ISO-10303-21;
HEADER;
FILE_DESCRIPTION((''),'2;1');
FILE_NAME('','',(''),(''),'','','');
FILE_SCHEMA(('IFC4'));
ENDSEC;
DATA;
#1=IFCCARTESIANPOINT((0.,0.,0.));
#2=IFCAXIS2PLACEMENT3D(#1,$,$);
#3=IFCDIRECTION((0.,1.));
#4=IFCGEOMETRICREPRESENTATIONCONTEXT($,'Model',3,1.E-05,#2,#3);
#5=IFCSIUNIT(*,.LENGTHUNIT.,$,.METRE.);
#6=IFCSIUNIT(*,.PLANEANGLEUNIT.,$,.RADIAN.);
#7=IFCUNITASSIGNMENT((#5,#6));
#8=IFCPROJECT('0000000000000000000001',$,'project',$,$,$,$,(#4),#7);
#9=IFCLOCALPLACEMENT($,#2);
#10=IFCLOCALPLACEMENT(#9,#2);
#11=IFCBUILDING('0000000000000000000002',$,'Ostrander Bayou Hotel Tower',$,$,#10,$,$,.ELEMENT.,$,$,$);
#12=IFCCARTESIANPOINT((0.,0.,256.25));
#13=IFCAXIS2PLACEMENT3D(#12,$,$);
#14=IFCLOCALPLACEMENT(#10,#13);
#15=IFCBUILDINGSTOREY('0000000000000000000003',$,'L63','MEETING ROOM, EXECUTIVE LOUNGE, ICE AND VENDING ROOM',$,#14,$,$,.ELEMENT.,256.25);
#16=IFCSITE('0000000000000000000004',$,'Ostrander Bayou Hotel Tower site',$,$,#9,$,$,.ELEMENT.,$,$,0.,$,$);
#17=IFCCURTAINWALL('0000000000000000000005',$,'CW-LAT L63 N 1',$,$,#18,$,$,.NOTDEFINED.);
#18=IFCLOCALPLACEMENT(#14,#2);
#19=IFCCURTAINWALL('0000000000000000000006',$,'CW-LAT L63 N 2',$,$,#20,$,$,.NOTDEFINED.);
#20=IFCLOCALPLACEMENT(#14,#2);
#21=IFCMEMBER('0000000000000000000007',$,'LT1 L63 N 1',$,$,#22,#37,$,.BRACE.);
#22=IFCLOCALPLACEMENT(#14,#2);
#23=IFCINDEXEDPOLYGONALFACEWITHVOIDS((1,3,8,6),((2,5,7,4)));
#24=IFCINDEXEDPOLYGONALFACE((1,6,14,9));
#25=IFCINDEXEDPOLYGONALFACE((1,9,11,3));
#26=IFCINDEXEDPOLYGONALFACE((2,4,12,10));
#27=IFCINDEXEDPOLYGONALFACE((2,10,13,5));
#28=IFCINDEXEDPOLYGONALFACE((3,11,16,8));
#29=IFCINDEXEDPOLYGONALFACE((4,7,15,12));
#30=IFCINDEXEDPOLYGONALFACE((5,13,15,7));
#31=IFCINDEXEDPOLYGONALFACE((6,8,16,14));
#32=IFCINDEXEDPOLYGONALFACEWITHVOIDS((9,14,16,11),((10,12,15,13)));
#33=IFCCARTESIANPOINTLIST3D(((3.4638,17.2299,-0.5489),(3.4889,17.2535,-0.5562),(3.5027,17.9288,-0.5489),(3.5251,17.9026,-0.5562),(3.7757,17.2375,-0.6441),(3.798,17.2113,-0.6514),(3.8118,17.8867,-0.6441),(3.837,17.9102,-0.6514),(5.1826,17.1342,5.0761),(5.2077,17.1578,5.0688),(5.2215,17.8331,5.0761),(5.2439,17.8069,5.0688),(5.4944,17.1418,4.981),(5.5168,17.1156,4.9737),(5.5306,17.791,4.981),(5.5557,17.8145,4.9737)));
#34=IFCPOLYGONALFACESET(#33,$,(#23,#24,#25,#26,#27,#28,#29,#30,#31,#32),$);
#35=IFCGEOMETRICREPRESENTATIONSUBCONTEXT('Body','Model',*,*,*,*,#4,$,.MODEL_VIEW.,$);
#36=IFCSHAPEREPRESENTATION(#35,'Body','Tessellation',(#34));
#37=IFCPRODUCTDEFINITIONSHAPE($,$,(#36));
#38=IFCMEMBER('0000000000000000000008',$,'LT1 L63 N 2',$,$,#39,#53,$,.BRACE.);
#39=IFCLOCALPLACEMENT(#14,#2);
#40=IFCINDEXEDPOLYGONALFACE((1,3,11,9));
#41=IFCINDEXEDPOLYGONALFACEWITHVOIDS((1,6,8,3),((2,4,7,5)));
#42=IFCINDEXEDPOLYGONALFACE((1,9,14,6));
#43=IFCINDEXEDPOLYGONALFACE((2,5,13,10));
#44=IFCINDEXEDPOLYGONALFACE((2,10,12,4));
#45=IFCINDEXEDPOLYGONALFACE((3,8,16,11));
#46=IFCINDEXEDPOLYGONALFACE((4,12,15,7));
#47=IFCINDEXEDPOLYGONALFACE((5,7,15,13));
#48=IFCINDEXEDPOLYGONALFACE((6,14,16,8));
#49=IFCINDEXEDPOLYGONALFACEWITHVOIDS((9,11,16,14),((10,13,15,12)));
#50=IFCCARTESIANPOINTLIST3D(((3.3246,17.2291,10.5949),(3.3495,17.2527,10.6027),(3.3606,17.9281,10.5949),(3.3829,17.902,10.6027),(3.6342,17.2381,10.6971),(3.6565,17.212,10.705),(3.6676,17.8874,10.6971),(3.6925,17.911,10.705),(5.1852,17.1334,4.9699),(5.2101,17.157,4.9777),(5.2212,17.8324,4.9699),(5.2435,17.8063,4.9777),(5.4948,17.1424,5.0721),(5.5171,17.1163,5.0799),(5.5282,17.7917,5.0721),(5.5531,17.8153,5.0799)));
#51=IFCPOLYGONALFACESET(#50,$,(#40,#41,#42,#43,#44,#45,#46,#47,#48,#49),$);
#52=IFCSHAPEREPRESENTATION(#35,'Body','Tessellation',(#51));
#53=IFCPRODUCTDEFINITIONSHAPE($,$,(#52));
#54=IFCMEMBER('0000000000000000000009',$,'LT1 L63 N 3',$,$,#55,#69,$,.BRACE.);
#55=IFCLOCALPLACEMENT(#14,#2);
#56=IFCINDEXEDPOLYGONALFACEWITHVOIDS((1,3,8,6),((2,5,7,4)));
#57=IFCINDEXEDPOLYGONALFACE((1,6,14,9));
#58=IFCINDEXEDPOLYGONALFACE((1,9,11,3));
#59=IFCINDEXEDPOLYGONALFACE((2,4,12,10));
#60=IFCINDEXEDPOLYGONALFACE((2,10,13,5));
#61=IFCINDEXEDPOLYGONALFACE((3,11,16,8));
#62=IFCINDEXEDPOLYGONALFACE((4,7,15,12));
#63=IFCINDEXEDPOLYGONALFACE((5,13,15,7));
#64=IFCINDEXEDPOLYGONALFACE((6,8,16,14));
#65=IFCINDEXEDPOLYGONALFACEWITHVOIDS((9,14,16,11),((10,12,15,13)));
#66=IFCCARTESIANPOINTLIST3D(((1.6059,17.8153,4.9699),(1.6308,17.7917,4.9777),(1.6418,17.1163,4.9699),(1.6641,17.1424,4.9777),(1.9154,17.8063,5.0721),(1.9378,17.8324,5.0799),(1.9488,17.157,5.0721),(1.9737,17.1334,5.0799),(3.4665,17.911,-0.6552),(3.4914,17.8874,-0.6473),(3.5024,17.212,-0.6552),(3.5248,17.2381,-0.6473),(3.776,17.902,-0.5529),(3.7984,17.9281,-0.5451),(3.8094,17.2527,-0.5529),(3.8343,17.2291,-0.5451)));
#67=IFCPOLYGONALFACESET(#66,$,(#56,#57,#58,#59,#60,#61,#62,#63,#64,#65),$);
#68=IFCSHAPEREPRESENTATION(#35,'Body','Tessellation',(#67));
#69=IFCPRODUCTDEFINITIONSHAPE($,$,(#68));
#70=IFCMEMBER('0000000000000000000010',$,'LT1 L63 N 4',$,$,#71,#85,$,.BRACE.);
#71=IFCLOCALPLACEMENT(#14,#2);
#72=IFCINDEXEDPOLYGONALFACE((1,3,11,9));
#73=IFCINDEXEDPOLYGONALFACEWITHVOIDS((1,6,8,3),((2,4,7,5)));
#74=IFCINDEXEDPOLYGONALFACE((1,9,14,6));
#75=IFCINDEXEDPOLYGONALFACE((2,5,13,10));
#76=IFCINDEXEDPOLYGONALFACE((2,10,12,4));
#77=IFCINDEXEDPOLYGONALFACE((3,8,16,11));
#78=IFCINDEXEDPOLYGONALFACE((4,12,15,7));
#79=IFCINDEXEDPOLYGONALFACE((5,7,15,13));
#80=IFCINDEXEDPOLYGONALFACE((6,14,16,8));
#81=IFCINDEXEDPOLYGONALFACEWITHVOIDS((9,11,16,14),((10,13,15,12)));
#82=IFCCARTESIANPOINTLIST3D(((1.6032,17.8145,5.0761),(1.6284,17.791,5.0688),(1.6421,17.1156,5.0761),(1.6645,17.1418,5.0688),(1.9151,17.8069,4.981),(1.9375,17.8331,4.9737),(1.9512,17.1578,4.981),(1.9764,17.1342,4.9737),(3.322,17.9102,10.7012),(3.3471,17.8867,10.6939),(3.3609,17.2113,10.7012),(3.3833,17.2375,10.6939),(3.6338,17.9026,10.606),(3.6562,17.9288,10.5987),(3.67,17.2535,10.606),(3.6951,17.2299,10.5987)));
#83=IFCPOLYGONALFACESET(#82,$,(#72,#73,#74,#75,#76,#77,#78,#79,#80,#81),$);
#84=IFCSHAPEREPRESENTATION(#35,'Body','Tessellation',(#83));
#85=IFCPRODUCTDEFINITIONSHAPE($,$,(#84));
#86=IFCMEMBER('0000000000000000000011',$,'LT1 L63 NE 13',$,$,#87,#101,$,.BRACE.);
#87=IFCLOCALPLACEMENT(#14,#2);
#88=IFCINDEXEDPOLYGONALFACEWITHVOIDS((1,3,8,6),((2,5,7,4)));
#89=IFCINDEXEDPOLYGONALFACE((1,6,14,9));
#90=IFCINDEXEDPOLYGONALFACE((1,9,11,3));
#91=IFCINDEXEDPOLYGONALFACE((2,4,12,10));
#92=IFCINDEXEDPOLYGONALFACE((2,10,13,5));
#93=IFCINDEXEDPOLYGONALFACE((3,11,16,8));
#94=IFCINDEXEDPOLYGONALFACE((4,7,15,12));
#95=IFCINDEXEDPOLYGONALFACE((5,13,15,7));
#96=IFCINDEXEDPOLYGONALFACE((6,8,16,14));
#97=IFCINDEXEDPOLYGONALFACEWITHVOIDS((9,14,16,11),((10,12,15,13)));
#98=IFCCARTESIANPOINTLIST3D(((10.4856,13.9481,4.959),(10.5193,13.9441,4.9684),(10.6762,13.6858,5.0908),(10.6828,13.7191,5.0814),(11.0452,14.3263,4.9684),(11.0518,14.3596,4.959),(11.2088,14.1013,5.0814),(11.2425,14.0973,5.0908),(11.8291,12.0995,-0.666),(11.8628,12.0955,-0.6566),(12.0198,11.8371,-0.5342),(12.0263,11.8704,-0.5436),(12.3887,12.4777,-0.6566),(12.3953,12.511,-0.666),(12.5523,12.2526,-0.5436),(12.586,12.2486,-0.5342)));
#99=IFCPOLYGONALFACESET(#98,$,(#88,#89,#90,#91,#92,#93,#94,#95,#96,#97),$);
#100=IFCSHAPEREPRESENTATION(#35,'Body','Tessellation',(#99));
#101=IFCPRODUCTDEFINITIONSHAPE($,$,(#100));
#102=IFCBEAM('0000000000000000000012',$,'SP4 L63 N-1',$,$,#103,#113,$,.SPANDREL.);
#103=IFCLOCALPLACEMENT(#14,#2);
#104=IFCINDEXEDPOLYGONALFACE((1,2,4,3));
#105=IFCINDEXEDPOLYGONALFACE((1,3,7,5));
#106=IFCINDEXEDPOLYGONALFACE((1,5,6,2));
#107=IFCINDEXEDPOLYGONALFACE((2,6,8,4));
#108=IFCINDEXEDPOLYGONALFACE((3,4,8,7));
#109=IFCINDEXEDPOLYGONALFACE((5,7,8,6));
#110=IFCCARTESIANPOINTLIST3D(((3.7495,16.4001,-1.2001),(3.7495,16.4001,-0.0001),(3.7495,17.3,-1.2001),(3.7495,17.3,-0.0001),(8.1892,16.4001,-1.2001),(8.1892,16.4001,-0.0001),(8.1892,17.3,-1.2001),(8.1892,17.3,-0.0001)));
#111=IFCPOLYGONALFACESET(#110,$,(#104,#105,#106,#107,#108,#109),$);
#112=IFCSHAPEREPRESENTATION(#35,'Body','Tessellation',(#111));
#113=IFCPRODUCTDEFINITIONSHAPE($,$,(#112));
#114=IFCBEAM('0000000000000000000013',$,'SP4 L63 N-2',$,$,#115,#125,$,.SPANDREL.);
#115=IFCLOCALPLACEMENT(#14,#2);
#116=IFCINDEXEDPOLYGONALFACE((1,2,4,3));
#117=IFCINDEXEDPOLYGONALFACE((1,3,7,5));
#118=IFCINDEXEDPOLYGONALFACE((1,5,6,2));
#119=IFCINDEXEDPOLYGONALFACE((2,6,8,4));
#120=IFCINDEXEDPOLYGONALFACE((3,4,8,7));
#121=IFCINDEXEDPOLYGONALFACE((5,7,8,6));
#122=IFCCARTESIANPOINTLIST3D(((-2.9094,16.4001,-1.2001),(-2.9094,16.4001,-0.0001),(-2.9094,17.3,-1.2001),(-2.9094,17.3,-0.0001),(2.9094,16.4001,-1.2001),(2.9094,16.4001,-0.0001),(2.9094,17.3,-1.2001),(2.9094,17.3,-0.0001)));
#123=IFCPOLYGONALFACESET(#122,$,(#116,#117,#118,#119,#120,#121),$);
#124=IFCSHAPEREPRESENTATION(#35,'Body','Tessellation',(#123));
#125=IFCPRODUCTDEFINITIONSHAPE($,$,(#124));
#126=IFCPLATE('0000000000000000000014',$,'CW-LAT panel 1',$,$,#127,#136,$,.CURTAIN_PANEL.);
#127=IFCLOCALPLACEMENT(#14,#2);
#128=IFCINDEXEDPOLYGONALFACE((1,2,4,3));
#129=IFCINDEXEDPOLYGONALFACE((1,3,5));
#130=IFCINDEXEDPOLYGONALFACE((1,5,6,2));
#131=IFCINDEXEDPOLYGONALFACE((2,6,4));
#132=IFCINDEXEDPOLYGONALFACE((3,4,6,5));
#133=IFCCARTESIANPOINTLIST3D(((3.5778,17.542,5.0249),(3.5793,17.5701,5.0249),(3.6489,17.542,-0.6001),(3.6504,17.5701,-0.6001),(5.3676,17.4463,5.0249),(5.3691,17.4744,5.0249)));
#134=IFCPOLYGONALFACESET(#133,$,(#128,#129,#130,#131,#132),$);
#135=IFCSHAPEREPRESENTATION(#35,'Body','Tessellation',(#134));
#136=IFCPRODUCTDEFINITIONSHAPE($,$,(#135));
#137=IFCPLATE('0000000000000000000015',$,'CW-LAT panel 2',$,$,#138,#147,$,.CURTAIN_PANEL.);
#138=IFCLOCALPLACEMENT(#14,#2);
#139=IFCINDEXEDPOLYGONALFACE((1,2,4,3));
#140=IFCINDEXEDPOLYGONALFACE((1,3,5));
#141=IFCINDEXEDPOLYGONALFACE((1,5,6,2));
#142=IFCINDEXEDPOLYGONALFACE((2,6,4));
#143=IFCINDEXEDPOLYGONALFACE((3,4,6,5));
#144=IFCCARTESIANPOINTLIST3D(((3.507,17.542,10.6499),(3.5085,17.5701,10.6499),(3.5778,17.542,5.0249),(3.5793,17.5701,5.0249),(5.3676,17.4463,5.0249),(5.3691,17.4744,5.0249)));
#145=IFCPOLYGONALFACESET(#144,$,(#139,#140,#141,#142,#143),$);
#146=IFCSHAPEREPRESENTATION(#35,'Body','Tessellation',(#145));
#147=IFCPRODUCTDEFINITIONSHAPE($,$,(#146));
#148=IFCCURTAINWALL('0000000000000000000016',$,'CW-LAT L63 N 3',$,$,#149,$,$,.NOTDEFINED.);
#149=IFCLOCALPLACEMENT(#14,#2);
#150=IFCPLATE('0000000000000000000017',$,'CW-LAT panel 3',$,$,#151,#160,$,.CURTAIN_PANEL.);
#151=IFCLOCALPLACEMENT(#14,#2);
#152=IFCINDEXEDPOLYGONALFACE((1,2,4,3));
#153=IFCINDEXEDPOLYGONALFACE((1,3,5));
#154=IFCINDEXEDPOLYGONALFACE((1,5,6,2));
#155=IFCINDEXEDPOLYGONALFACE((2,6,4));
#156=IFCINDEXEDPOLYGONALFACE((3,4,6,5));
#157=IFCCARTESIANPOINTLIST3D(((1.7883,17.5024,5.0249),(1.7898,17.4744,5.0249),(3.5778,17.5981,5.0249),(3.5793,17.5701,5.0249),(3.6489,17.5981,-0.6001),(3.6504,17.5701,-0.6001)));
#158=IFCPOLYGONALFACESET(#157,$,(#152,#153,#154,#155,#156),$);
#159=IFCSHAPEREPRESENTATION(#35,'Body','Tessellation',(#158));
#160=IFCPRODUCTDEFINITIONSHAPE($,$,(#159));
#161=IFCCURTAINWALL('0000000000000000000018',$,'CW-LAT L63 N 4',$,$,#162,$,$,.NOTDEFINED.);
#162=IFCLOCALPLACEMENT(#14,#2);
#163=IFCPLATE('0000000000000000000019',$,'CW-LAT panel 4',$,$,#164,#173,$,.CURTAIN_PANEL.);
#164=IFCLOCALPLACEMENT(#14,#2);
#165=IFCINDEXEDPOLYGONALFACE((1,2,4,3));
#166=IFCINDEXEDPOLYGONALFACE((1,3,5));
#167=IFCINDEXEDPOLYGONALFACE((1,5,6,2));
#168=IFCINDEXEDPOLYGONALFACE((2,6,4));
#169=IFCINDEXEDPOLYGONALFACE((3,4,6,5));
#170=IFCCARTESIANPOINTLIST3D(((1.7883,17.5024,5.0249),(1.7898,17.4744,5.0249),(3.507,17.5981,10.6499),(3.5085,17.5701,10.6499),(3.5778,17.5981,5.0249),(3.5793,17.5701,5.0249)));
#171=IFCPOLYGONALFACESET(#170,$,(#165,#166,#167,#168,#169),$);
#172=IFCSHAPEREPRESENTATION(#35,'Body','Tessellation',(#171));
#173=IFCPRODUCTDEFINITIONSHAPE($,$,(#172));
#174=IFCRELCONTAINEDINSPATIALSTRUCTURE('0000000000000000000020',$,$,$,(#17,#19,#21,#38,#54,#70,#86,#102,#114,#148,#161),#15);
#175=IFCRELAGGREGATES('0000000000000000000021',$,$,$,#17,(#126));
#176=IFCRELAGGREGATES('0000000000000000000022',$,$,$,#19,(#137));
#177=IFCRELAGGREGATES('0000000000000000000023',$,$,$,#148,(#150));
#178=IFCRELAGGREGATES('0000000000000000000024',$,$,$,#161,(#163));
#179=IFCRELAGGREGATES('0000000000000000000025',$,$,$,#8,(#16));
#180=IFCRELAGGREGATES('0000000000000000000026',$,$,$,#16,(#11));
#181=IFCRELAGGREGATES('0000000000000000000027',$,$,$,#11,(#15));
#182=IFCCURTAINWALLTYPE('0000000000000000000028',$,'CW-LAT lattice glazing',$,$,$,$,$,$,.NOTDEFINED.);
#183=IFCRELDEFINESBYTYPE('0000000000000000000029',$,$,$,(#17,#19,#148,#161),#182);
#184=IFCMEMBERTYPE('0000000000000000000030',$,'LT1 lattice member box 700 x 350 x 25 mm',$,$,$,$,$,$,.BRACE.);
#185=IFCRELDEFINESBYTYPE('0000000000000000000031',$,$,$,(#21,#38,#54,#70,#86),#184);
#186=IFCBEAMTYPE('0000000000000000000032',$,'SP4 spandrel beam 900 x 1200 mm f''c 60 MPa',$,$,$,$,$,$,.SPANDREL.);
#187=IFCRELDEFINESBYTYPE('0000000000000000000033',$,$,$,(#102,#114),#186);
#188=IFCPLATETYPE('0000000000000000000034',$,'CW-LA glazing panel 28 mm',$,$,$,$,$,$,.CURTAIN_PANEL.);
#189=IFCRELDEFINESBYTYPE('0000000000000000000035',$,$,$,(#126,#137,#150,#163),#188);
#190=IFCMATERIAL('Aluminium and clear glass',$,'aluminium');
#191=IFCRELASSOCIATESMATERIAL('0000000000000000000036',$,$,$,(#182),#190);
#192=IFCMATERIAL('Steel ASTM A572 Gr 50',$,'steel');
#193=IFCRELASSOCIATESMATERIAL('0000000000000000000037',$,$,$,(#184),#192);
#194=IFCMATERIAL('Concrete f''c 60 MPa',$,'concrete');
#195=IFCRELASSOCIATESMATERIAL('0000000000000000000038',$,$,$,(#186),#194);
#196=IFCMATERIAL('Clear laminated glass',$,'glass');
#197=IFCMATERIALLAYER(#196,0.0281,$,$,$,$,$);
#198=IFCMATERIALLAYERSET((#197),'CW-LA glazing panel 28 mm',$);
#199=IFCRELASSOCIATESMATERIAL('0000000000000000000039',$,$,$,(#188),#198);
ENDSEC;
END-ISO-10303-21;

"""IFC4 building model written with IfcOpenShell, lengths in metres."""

from ifc_helpers import new_model, si_unit, direction, frame, origin, origin_2d, place, context, subcontext, project, spatial, polyline, rectangle, hollow_rectangle, outline, extrude, material, layer, layer_set, material_profile, profile_set, type_object, element, aggregate, save


model = new_model("IFC4")

# Units and contexts
model_context = context("Model", 3, precision=1e-05, world=origin(), true_north=direction((0.0, 1.0)))
body_context = subcontext(model_context, "Body", "Model", "MODEL_VIEW")
ifc_project = project(units=[si_unit("LENGTHUNIT", "METRE"), si_unit("PLANEANGLEUNIT", "RADIAN")], contexts=[model_context])

# Site, building, storey
site_placement = place(None, origin())
site = spatial("IfcSite", under=ifc_project, at=site_placement, Name="Ostrander Bayou Hotel Tower site", CompositionType="ELEMENT", RefElevation=0.0)
building_placement = place(site_placement, origin())
building = spatial("IfcBuilding", under=site, at=building_placement, Name="Ostrander Bayou Hotel Tower", CompositionType="ELEMENT")
storey_placement = place(building_placement, frame((0.0, 0.0, 256.25)))
storey = spatial("IfcBuildingStorey", under=building, at=storey_placement, Name="L63", Description="MEETING ROOM, EXECUTIVE LOUNGE, ICE AND VENDING ROOM", CompositionType="ELEMENT", Elevation=256.25)

# Curtain walls
ifc_material_1 = material(Name="Aluminium and clear glass", Category="aluminium")
curtain_wall_type = type_object("IfcCurtainWallType", Name="CW-LAT lattice glazing", PredefinedType="NOTDEFINED", material=ifc_material_1)
curtain_wall_1_placement = place(storey_placement, origin())
curtain_wall_1 = element("IfcCurtainWall", 1, at=curtain_wall_1_placement, inside=storey, type_object=curtain_wall_type, Name="CW-LAT L63 N 1", PredefinedType="NOTDEFINED")
curtain_wall_2_placement = place(storey_placement, origin())
curtain_wall_2 = element("IfcCurtainWall", 2, at=curtain_wall_2_placement, inside=storey, type_object=curtain_wall_type, Name="CW-LAT L63 N 2", PredefinedType="NOTDEFINED")

# Members
ifc_material_2 = material(Name="Steel ASTM A572 Gr 50", Category="steel")
ifc_material_profile_1 = material_profile(ifc_material_2, hollow_rectangle(XDim=0.7, YDim=0.3501, WallThickness=0.0249, at=origin_2d()))
ifc_profile_set_1 = profile_set([ifc_material_profile_1], Name="Steel ASTM A572 Gr 50")
member_type_1 = type_object("IfcMemberType", Name="LT1 lattice member box 700 x 350 x 25 mm", PredefinedType="BRACE", material=ifc_profile_set_1)
member_1_placement = place(storey_placement, frame((5.3691, 17.4744, 5.0249), z_axis=(-0.29218, 0.016269, -0.956225), x_axis=(-0.055596, -0.998453, 0.0)))
element("IfcMember", 3, at=member_1_placement, inside=storey, type_object=member_type_1, Name="LT1 L63 N 1", PredefinedType="BRACE", context=body_context, shape_type="SweptSolid", body=[
    extrude(hollow_rectangle(XDim=0.7, YDim=0.3501, WallThickness=0.0249, at=origin_2d()), origin(), (0.0, 0.0, 1.0), 5.8826),
])
for number, where, z_axis, x_axis, name in (
    (4, (5.3691, 17.4744, 5.0249), (-0.313998, 0.016151, 0.949286), (-0.051369, -0.99868, 0.0), "LT1 L63 N 2"),
    (5, (1.7898, 17.4744, 5.0249), (0.313998, 0.016151, -0.949286), (-0.051369, 0.99868, 0.0), "LT1 L63 N 3"),
):
    element("IfcMember", number, at=place(storey_placement, frame(where, z_axis=z_axis, x_axis=x_axis)), inside=storey, type_object=member_type_1, Name=name, PredefinedType="BRACE", context=body_context, shape_type="SweptSolid", body=[
        extrude(hollow_rectangle(XDim=0.7, YDim=0.3501, WallThickness=0.0249, at=origin_2d()), origin(), (0.0, 0.0, 1.0), 5.9255),
    ])
member_2_placement = place(storey_placement, frame((1.7898, 17.4744, 5.0249), z_axis=(0.29218, 0.016269, 0.956225), x_axis=(-0.055596, 0.998453, 0.0)))
element("IfcMember", 6, at=member_2_placement, inside=storey, type_object=member_type_1, Name="LT1 L63 N 4", PredefinedType="BRACE", context=body_context, shape_type="SweptSolid", body=[
    extrude(hollow_rectangle(XDim=0.7, YDim=0.3501, WallThickness=0.0249, at=origin_2d()), origin(), (0.0, 0.0, 1.0), 5.8826),
])
member_3_placement = place(storey_placement, frame((10.864, 14.0227, 5.0249), z_axis=(0.221281, -0.304477, -0.92646), x_axis=(0.808935, 0.587899, 0.0)))
element("IfcMember", 7, at=member_3_placement, inside=storey, type_object=member_type_1, Name="LT1 L63 NE 13", PredefinedType="BRACE", context=body_context, shape_type="SweptSolid", body=[
    extrude(hollow_rectangle(XDim=0.7, YDim=0.3501, WallThickness=0.0249, at=origin_2d()), origin(), (0.0, 0.0, 1.0), 6.0715),
])

# Beams
ifc_material_3 = material(Name="Concrete f'c 60 MPa", Category="concrete")
ifc_material_profile_2 = material_profile(ifc_material_3, rectangle(XDim=0.8999, YDim=1.2, at=origin_2d()))
ifc_profile_set_2 = profile_set([ifc_material_profile_2], Name="Concrete f'c 60 MPa")
beam_type = type_object("IfcBeamType", Name="SP4 spandrel beam 900 x 1200 mm f'c 60 MPa", PredefinedType="SPANDREL", material=ifc_profile_set_2)
beam_1_placement = place(storey_placement, frame((8.1892, 16.8501, -0.6001), z_axis=(-1.0, 0.0, 0.0), x_axis=(0.0, -1.0, 0.0)))
element("IfcBeam", 8, at=beam_1_placement, inside=storey, type_object=beam_type, Name="SP4 L63 N-1", PredefinedType="SPANDREL", context=body_context, shape_type="SweptSolid", body=[
    extrude(rectangle(XDim=0.8999, YDim=1.2, at=origin_2d()), origin(), (0.0, 0.0, 1.0), 4.4397),
])
beam_2_placement = place(storey_placement, frame((2.9094, 16.8501, -0.6001), z_axis=(-1.0, 0.0, 0.0), x_axis=(0.0, -1.0, 0.0)))
element("IfcBeam", 9, at=beam_2_placement, inside=storey, type_object=beam_type, Name="SP4 L63 N-2", PredefinedType="SPANDREL", context=body_context, shape_type="SweptSolid", body=[
    extrude(rectangle(XDim=0.8999, YDim=1.2, at=origin_2d()), origin(), (0.0, 0.0, 1.0), 5.8188),
])

# Plates
ifc_material_4 = material(Name="Clear laminated glass", Category="glass")
ifc_layer_1 = layer(ifc_material_4, 0.0281)
ifc_layer_set_1 = layer_set([ifc_layer_1], Name="CW-LA glazing panel 28 mm")
plate_type = type_object("IfcPlateType", Name="CW-LA glazing panel 28 mm", PredefinedType="CURTAIN_PANEL", material=ifc_layer_set_1)
plate_1_placement = place(storey_placement, frame((5.3691, 17.4744, 5.0249), z_axis=(0.053395, 0.998573, 0.000674), x_axis=(-0.29218, 0.016269, -0.956225)))
plate_1 = element("IfcPlate", 10, at=plate_1_placement, type_object=plate_type, Name="CW-LAT panel 1", PredefinedType="CURTAIN_PANEL", context=body_context, shape_type="SweptSolid", body=[
    extrude(outline(polyline([(0.0, 0.0), (5.8825, 0.0), (0.5245, 1.7139), (0.0, 0.0)])), origin(), (0.0, 0.0, -1.0), 0.0281),
])
aggregate(curtain_wall_1, [plate_1])
plate_2_placement = place(storey_placement, frame((5.3691, 17.4744, 5.0249), z_axis=(0.053395, 0.998573, 0.000672), x_axis=(-0.313998, 0.016151, 0.949286)))
plate_2 = element("IfcPlate", 11, at=plate_2_placement, type_object=plate_type, Name="CW-LAT panel 2", PredefinedType="CURTAIN_PANEL", context=body_context, shape_type="SweptSolid", body=[
    extrude(outline(polyline([(0.0, 0.0), (5.9255, 0.0), (0.5635, -1.7015), (0.0, 0.0)])), origin(), (0.0, 0.0, -1.0), 0.0281),
])
aggregate(curtain_wall_2, [plate_2])

# Curtain walls, plates
curtain_wall_3_placement = place(storey_placement, origin())
curtain_wall_3 = element("IfcCurtainWall", 12, at=curtain_wall_3_placement, inside=storey, type_object=curtain_wall_type, Name="CW-LAT L63 N 3", PredefinedType="NOTDEFINED")
plate_3_placement = place(storey_placement, frame((1.7898, 17.4744, 5.0249), z_axis=(0.053403, -0.998573, 0.000674), x_axis=(0.313998, 0.016151, -0.949286)))
plate_3 = element("IfcPlate", 13, at=plate_3_placement, type_object=plate_type, Name="CW-LAT panel 3", PredefinedType="CURTAIN_PANEL", context=body_context, shape_type="SweptSolid", body=[
    extrude(outline(polyline([(0.0, 0.0), (5.9255, 0.0), (0.5635, 1.7012), (0.0, 0.0)])), origin(), (0.0, 0.0, -1.0), 0.0281),
])
aggregate(curtain_wall_3, [plate_3])
curtain_wall_4_placement = place(storey_placement, origin())
curtain_wall_4 = element("IfcCurtainWall", 14, at=curtain_wall_4_placement, inside=storey, type_object=curtain_wall_type, Name="CW-LAT L63 N 4", PredefinedType="NOTDEFINED")
plate_4_placement = place(storey_placement, frame((1.7898, 17.4744, 5.0249), z_axis=(0.053403, -0.998573, 0.000672), x_axis=(0.29218, 0.016269, 0.956225)))
plate_4 = element("IfcPlate", 15, at=plate_4_placement, type_object=plate_type, Name="CW-LAT panel 4", PredefinedType="CURTAIN_PANEL", context=body_context, shape_type="SweptSolid", body=[
    extrude(outline(polyline([(0.0, 0.0), (5.8825, 0.0), (0.5244, -1.7137), (0.0, 0.0)])), origin(), (0.0, 0.0, -1.0), 0.0281),
])
aggregate(curtain_wall_4, [plate_4])

save(model, "model.ifc")
